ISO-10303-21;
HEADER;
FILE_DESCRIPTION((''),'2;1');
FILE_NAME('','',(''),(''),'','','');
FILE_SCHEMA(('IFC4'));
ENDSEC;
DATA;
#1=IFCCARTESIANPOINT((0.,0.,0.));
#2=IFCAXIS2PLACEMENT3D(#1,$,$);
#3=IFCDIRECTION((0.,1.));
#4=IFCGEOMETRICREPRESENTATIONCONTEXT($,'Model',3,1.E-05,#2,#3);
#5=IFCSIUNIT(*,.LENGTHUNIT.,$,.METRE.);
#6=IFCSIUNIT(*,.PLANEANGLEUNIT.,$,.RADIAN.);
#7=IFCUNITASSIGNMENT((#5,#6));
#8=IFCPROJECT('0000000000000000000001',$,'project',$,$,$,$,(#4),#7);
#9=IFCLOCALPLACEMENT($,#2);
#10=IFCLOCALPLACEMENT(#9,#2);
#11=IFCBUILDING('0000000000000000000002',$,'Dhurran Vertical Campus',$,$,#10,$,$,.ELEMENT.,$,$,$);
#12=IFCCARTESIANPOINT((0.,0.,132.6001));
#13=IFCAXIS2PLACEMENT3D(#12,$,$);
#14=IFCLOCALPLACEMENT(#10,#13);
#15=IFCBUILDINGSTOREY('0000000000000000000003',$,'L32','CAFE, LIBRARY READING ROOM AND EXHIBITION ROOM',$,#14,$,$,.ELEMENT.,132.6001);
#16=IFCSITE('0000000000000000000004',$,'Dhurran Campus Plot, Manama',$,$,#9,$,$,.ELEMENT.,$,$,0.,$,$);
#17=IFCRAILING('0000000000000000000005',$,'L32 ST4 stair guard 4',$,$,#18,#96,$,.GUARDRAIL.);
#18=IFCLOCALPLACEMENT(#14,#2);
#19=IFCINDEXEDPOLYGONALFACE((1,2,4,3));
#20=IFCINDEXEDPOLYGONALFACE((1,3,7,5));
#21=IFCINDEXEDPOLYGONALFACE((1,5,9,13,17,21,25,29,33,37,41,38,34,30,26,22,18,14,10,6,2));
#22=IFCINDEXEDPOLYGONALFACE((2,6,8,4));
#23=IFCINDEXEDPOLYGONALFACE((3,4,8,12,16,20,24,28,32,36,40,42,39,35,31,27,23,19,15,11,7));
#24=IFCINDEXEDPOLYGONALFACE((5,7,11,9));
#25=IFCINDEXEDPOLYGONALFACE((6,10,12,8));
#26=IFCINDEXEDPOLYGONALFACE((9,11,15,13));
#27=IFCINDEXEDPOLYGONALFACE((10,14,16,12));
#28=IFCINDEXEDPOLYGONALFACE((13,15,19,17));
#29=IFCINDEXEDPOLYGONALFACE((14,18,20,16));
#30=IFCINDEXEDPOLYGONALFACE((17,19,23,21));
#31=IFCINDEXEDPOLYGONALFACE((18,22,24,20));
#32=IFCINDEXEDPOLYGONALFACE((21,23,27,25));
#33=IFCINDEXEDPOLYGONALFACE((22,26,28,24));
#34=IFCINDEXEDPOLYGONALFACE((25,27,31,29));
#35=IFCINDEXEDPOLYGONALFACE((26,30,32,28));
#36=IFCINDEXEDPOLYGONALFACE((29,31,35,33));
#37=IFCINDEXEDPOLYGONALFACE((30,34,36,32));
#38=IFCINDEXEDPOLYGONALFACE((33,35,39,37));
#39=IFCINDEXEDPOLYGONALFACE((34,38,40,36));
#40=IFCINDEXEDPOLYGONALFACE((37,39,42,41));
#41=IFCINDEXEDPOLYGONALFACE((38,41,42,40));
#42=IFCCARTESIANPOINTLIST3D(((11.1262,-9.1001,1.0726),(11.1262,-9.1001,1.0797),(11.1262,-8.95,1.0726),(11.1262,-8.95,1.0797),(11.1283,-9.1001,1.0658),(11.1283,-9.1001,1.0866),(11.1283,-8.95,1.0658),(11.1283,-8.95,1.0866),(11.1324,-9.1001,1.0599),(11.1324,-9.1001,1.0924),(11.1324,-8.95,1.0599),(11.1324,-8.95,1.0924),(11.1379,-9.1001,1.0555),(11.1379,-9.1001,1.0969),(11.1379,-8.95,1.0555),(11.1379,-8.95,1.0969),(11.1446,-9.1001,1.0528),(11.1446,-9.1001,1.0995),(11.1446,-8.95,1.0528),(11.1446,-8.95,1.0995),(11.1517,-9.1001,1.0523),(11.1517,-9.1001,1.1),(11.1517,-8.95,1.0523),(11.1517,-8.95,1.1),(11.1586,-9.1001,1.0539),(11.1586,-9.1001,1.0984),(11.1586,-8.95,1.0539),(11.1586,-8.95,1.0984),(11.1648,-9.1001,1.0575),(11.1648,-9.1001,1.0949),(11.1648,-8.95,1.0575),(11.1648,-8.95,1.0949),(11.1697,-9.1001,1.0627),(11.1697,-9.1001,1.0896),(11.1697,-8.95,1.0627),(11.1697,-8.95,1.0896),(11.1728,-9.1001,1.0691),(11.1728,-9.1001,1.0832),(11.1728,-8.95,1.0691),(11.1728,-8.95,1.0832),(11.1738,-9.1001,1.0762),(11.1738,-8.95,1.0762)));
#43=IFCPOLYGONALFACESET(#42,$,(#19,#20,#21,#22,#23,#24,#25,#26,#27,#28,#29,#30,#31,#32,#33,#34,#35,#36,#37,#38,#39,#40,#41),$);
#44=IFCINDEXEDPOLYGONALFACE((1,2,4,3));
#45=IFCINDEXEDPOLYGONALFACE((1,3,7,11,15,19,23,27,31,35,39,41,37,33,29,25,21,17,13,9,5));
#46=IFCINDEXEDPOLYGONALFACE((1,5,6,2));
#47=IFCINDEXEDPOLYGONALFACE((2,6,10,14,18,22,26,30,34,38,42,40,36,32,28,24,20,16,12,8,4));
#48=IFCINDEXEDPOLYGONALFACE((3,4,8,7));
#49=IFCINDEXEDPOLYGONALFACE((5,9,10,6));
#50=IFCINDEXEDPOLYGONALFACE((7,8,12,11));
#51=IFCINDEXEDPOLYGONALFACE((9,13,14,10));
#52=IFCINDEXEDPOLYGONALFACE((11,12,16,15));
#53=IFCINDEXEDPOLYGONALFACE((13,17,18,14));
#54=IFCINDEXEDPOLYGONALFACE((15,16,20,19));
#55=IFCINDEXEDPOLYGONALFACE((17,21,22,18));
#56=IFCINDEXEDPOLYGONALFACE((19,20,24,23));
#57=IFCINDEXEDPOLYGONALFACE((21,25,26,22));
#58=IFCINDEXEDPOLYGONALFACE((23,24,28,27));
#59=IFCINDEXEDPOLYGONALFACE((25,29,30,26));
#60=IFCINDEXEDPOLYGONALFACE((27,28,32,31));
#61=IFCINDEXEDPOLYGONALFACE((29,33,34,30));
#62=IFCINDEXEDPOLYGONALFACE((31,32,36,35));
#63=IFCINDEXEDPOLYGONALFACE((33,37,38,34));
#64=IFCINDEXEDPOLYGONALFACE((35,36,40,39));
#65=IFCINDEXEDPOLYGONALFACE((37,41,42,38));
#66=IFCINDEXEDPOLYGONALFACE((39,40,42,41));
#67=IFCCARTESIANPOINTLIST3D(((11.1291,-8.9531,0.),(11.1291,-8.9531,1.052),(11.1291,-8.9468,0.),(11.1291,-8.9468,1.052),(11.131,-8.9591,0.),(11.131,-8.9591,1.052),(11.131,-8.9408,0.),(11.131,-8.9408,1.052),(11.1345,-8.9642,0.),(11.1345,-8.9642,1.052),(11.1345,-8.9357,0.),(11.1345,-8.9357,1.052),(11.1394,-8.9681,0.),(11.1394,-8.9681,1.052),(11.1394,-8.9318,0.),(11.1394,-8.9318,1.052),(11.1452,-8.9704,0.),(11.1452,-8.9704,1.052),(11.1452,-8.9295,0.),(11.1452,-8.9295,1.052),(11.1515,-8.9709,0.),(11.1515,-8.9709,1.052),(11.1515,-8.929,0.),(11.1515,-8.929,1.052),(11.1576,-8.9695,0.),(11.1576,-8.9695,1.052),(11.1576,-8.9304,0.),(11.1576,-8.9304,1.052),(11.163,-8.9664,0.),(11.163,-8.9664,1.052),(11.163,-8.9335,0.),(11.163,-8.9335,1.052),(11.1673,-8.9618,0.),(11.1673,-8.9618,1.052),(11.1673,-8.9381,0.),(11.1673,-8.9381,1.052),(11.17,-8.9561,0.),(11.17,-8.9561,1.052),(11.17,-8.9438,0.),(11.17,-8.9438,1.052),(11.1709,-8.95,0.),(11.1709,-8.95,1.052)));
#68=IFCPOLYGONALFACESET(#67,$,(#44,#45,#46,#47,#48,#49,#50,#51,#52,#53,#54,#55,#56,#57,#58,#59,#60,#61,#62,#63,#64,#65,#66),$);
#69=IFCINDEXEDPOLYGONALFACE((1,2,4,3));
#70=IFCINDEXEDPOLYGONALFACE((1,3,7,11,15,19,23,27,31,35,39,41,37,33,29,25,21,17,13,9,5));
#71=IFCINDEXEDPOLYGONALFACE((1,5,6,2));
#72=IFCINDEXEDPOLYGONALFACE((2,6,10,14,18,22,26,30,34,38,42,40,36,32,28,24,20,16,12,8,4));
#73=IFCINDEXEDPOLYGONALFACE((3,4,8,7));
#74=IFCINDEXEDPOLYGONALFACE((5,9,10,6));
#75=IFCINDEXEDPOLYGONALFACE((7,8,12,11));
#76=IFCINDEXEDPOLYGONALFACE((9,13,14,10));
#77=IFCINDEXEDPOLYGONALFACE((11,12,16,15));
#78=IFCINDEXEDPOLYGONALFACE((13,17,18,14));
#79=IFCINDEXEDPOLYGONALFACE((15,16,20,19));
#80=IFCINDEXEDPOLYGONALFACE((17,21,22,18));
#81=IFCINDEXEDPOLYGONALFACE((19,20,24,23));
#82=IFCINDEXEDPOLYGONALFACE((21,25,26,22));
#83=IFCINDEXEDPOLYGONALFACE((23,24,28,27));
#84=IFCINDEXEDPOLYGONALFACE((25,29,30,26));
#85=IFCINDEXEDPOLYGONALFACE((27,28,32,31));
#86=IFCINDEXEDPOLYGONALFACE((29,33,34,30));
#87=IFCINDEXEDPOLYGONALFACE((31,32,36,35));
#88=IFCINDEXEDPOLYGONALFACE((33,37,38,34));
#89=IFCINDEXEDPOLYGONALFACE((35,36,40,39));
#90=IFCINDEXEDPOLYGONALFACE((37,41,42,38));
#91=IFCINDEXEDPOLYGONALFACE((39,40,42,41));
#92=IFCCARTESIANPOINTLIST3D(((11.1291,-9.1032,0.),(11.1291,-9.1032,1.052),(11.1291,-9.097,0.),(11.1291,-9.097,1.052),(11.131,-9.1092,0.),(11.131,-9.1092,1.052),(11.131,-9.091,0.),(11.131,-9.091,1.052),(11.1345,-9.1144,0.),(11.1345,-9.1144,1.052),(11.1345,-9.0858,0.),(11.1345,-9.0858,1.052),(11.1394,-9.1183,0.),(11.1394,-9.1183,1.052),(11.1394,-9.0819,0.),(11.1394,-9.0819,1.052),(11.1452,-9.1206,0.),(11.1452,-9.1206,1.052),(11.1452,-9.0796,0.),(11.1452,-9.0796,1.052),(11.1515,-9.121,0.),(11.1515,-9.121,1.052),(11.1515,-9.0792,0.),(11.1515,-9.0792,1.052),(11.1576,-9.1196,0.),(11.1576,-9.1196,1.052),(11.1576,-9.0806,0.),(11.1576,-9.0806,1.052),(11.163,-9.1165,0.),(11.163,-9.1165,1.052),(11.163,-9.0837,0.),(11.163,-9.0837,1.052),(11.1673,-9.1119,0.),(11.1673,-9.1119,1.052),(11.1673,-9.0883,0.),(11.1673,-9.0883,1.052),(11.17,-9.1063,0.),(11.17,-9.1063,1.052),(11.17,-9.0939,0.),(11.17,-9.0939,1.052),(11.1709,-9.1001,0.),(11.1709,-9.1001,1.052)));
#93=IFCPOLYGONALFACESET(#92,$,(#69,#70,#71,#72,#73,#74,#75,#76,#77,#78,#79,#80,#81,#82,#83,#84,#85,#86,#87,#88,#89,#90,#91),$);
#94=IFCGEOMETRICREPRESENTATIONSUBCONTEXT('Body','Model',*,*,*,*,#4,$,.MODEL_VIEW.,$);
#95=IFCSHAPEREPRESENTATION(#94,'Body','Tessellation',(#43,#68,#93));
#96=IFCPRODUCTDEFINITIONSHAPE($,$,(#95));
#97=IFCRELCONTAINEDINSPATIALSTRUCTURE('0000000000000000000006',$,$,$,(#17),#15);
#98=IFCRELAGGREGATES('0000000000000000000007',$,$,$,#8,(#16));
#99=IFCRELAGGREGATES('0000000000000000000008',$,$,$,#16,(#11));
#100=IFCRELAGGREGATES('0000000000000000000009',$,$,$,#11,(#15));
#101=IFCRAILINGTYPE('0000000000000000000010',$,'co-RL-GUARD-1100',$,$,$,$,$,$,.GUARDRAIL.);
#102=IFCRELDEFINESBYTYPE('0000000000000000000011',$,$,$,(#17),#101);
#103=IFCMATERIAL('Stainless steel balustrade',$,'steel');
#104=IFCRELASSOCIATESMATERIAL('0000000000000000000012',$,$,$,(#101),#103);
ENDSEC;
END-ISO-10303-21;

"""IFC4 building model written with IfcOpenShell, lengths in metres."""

from ifc_helpers import new_model, si_unit, direction, frame, origin, origin_2d, place, context, subcontext, project, spatial, circle, extrude, material, type_object, element, save


model = new_model("IFC4")

# Units and contexts
model_context = context("Model", 3, precision=1e-05, world=origin(), true_north=direction((0.0, 1.0)))
body_context = subcontext(model_context, "Body", "Model", "MODEL_VIEW")
ifc_project = project(units=[si_unit("LENGTHUNIT", "METRE"), si_unit("PLANEANGLEUNIT", "RADIAN")], contexts=[model_context])

# Site, building, storey
site_placement = place(None, origin())
site = spatial("IfcSite", under=ifc_project, at=site_placement, Name="Dhurran Campus Plot, Manama", CompositionType="ELEMENT", RefElevation=0.0)
building_placement = place(site_placement, origin())
building = spatial("IfcBuilding", under=site, at=building_placement, Name="Dhurran Vertical Campus", CompositionType="ELEMENT")
storey_placement = place(building_placement, frame((0.0, 0.0, 132.6001)))
storey = spatial("IfcBuildingStorey", under=building, at=storey_placement, Name="L32", Description="CAFE, LIBRARY READING ROOM AND EXHIBITION ROOM", CompositionType="ELEMENT", Elevation=132.6001)

# Railing
ifc_material_1 = material(Name="Stainless steel balustrade", Category="steel")
railing_type_1 = type_object("IfcRailingType", Name="co-RL-GUARD-1100", PredefinedType="GUARDRAIL", material=ifc_material_1)
railing_1_placement = place(storey_placement, frame((11.1499, -8.95, 0.0)))
element("IfcRailing", 1, at=railing_1_placement, inside=storey, type_object=railing_type_1, Name="L32 ST4 stair guard 4", PredefinedType="GUARDRAIL", context=body_context, shape_type="SweptSolid", body=[
    extrude(circle(Radius=0.0239, at=origin_2d()), frame((0.0, 0.0, 1.0762), z_axis=(0.0, -1.0, 0.0), x_axis=(1.0, 0.0, 0.0)), (0.0, 0.0, 1.0), 0.1501),
    extrude(circle(Radius=0.021, at=origin_2d()), origin(), (0.0, 0.0, 1.0), 1.052),
    extrude(circle(Radius=0.021, at=origin_2d()), frame((0.0, -0.1501, 0.0)), (0.0, 0.0, 1.0), 1.052),
])

save(model, "model.ifc")
